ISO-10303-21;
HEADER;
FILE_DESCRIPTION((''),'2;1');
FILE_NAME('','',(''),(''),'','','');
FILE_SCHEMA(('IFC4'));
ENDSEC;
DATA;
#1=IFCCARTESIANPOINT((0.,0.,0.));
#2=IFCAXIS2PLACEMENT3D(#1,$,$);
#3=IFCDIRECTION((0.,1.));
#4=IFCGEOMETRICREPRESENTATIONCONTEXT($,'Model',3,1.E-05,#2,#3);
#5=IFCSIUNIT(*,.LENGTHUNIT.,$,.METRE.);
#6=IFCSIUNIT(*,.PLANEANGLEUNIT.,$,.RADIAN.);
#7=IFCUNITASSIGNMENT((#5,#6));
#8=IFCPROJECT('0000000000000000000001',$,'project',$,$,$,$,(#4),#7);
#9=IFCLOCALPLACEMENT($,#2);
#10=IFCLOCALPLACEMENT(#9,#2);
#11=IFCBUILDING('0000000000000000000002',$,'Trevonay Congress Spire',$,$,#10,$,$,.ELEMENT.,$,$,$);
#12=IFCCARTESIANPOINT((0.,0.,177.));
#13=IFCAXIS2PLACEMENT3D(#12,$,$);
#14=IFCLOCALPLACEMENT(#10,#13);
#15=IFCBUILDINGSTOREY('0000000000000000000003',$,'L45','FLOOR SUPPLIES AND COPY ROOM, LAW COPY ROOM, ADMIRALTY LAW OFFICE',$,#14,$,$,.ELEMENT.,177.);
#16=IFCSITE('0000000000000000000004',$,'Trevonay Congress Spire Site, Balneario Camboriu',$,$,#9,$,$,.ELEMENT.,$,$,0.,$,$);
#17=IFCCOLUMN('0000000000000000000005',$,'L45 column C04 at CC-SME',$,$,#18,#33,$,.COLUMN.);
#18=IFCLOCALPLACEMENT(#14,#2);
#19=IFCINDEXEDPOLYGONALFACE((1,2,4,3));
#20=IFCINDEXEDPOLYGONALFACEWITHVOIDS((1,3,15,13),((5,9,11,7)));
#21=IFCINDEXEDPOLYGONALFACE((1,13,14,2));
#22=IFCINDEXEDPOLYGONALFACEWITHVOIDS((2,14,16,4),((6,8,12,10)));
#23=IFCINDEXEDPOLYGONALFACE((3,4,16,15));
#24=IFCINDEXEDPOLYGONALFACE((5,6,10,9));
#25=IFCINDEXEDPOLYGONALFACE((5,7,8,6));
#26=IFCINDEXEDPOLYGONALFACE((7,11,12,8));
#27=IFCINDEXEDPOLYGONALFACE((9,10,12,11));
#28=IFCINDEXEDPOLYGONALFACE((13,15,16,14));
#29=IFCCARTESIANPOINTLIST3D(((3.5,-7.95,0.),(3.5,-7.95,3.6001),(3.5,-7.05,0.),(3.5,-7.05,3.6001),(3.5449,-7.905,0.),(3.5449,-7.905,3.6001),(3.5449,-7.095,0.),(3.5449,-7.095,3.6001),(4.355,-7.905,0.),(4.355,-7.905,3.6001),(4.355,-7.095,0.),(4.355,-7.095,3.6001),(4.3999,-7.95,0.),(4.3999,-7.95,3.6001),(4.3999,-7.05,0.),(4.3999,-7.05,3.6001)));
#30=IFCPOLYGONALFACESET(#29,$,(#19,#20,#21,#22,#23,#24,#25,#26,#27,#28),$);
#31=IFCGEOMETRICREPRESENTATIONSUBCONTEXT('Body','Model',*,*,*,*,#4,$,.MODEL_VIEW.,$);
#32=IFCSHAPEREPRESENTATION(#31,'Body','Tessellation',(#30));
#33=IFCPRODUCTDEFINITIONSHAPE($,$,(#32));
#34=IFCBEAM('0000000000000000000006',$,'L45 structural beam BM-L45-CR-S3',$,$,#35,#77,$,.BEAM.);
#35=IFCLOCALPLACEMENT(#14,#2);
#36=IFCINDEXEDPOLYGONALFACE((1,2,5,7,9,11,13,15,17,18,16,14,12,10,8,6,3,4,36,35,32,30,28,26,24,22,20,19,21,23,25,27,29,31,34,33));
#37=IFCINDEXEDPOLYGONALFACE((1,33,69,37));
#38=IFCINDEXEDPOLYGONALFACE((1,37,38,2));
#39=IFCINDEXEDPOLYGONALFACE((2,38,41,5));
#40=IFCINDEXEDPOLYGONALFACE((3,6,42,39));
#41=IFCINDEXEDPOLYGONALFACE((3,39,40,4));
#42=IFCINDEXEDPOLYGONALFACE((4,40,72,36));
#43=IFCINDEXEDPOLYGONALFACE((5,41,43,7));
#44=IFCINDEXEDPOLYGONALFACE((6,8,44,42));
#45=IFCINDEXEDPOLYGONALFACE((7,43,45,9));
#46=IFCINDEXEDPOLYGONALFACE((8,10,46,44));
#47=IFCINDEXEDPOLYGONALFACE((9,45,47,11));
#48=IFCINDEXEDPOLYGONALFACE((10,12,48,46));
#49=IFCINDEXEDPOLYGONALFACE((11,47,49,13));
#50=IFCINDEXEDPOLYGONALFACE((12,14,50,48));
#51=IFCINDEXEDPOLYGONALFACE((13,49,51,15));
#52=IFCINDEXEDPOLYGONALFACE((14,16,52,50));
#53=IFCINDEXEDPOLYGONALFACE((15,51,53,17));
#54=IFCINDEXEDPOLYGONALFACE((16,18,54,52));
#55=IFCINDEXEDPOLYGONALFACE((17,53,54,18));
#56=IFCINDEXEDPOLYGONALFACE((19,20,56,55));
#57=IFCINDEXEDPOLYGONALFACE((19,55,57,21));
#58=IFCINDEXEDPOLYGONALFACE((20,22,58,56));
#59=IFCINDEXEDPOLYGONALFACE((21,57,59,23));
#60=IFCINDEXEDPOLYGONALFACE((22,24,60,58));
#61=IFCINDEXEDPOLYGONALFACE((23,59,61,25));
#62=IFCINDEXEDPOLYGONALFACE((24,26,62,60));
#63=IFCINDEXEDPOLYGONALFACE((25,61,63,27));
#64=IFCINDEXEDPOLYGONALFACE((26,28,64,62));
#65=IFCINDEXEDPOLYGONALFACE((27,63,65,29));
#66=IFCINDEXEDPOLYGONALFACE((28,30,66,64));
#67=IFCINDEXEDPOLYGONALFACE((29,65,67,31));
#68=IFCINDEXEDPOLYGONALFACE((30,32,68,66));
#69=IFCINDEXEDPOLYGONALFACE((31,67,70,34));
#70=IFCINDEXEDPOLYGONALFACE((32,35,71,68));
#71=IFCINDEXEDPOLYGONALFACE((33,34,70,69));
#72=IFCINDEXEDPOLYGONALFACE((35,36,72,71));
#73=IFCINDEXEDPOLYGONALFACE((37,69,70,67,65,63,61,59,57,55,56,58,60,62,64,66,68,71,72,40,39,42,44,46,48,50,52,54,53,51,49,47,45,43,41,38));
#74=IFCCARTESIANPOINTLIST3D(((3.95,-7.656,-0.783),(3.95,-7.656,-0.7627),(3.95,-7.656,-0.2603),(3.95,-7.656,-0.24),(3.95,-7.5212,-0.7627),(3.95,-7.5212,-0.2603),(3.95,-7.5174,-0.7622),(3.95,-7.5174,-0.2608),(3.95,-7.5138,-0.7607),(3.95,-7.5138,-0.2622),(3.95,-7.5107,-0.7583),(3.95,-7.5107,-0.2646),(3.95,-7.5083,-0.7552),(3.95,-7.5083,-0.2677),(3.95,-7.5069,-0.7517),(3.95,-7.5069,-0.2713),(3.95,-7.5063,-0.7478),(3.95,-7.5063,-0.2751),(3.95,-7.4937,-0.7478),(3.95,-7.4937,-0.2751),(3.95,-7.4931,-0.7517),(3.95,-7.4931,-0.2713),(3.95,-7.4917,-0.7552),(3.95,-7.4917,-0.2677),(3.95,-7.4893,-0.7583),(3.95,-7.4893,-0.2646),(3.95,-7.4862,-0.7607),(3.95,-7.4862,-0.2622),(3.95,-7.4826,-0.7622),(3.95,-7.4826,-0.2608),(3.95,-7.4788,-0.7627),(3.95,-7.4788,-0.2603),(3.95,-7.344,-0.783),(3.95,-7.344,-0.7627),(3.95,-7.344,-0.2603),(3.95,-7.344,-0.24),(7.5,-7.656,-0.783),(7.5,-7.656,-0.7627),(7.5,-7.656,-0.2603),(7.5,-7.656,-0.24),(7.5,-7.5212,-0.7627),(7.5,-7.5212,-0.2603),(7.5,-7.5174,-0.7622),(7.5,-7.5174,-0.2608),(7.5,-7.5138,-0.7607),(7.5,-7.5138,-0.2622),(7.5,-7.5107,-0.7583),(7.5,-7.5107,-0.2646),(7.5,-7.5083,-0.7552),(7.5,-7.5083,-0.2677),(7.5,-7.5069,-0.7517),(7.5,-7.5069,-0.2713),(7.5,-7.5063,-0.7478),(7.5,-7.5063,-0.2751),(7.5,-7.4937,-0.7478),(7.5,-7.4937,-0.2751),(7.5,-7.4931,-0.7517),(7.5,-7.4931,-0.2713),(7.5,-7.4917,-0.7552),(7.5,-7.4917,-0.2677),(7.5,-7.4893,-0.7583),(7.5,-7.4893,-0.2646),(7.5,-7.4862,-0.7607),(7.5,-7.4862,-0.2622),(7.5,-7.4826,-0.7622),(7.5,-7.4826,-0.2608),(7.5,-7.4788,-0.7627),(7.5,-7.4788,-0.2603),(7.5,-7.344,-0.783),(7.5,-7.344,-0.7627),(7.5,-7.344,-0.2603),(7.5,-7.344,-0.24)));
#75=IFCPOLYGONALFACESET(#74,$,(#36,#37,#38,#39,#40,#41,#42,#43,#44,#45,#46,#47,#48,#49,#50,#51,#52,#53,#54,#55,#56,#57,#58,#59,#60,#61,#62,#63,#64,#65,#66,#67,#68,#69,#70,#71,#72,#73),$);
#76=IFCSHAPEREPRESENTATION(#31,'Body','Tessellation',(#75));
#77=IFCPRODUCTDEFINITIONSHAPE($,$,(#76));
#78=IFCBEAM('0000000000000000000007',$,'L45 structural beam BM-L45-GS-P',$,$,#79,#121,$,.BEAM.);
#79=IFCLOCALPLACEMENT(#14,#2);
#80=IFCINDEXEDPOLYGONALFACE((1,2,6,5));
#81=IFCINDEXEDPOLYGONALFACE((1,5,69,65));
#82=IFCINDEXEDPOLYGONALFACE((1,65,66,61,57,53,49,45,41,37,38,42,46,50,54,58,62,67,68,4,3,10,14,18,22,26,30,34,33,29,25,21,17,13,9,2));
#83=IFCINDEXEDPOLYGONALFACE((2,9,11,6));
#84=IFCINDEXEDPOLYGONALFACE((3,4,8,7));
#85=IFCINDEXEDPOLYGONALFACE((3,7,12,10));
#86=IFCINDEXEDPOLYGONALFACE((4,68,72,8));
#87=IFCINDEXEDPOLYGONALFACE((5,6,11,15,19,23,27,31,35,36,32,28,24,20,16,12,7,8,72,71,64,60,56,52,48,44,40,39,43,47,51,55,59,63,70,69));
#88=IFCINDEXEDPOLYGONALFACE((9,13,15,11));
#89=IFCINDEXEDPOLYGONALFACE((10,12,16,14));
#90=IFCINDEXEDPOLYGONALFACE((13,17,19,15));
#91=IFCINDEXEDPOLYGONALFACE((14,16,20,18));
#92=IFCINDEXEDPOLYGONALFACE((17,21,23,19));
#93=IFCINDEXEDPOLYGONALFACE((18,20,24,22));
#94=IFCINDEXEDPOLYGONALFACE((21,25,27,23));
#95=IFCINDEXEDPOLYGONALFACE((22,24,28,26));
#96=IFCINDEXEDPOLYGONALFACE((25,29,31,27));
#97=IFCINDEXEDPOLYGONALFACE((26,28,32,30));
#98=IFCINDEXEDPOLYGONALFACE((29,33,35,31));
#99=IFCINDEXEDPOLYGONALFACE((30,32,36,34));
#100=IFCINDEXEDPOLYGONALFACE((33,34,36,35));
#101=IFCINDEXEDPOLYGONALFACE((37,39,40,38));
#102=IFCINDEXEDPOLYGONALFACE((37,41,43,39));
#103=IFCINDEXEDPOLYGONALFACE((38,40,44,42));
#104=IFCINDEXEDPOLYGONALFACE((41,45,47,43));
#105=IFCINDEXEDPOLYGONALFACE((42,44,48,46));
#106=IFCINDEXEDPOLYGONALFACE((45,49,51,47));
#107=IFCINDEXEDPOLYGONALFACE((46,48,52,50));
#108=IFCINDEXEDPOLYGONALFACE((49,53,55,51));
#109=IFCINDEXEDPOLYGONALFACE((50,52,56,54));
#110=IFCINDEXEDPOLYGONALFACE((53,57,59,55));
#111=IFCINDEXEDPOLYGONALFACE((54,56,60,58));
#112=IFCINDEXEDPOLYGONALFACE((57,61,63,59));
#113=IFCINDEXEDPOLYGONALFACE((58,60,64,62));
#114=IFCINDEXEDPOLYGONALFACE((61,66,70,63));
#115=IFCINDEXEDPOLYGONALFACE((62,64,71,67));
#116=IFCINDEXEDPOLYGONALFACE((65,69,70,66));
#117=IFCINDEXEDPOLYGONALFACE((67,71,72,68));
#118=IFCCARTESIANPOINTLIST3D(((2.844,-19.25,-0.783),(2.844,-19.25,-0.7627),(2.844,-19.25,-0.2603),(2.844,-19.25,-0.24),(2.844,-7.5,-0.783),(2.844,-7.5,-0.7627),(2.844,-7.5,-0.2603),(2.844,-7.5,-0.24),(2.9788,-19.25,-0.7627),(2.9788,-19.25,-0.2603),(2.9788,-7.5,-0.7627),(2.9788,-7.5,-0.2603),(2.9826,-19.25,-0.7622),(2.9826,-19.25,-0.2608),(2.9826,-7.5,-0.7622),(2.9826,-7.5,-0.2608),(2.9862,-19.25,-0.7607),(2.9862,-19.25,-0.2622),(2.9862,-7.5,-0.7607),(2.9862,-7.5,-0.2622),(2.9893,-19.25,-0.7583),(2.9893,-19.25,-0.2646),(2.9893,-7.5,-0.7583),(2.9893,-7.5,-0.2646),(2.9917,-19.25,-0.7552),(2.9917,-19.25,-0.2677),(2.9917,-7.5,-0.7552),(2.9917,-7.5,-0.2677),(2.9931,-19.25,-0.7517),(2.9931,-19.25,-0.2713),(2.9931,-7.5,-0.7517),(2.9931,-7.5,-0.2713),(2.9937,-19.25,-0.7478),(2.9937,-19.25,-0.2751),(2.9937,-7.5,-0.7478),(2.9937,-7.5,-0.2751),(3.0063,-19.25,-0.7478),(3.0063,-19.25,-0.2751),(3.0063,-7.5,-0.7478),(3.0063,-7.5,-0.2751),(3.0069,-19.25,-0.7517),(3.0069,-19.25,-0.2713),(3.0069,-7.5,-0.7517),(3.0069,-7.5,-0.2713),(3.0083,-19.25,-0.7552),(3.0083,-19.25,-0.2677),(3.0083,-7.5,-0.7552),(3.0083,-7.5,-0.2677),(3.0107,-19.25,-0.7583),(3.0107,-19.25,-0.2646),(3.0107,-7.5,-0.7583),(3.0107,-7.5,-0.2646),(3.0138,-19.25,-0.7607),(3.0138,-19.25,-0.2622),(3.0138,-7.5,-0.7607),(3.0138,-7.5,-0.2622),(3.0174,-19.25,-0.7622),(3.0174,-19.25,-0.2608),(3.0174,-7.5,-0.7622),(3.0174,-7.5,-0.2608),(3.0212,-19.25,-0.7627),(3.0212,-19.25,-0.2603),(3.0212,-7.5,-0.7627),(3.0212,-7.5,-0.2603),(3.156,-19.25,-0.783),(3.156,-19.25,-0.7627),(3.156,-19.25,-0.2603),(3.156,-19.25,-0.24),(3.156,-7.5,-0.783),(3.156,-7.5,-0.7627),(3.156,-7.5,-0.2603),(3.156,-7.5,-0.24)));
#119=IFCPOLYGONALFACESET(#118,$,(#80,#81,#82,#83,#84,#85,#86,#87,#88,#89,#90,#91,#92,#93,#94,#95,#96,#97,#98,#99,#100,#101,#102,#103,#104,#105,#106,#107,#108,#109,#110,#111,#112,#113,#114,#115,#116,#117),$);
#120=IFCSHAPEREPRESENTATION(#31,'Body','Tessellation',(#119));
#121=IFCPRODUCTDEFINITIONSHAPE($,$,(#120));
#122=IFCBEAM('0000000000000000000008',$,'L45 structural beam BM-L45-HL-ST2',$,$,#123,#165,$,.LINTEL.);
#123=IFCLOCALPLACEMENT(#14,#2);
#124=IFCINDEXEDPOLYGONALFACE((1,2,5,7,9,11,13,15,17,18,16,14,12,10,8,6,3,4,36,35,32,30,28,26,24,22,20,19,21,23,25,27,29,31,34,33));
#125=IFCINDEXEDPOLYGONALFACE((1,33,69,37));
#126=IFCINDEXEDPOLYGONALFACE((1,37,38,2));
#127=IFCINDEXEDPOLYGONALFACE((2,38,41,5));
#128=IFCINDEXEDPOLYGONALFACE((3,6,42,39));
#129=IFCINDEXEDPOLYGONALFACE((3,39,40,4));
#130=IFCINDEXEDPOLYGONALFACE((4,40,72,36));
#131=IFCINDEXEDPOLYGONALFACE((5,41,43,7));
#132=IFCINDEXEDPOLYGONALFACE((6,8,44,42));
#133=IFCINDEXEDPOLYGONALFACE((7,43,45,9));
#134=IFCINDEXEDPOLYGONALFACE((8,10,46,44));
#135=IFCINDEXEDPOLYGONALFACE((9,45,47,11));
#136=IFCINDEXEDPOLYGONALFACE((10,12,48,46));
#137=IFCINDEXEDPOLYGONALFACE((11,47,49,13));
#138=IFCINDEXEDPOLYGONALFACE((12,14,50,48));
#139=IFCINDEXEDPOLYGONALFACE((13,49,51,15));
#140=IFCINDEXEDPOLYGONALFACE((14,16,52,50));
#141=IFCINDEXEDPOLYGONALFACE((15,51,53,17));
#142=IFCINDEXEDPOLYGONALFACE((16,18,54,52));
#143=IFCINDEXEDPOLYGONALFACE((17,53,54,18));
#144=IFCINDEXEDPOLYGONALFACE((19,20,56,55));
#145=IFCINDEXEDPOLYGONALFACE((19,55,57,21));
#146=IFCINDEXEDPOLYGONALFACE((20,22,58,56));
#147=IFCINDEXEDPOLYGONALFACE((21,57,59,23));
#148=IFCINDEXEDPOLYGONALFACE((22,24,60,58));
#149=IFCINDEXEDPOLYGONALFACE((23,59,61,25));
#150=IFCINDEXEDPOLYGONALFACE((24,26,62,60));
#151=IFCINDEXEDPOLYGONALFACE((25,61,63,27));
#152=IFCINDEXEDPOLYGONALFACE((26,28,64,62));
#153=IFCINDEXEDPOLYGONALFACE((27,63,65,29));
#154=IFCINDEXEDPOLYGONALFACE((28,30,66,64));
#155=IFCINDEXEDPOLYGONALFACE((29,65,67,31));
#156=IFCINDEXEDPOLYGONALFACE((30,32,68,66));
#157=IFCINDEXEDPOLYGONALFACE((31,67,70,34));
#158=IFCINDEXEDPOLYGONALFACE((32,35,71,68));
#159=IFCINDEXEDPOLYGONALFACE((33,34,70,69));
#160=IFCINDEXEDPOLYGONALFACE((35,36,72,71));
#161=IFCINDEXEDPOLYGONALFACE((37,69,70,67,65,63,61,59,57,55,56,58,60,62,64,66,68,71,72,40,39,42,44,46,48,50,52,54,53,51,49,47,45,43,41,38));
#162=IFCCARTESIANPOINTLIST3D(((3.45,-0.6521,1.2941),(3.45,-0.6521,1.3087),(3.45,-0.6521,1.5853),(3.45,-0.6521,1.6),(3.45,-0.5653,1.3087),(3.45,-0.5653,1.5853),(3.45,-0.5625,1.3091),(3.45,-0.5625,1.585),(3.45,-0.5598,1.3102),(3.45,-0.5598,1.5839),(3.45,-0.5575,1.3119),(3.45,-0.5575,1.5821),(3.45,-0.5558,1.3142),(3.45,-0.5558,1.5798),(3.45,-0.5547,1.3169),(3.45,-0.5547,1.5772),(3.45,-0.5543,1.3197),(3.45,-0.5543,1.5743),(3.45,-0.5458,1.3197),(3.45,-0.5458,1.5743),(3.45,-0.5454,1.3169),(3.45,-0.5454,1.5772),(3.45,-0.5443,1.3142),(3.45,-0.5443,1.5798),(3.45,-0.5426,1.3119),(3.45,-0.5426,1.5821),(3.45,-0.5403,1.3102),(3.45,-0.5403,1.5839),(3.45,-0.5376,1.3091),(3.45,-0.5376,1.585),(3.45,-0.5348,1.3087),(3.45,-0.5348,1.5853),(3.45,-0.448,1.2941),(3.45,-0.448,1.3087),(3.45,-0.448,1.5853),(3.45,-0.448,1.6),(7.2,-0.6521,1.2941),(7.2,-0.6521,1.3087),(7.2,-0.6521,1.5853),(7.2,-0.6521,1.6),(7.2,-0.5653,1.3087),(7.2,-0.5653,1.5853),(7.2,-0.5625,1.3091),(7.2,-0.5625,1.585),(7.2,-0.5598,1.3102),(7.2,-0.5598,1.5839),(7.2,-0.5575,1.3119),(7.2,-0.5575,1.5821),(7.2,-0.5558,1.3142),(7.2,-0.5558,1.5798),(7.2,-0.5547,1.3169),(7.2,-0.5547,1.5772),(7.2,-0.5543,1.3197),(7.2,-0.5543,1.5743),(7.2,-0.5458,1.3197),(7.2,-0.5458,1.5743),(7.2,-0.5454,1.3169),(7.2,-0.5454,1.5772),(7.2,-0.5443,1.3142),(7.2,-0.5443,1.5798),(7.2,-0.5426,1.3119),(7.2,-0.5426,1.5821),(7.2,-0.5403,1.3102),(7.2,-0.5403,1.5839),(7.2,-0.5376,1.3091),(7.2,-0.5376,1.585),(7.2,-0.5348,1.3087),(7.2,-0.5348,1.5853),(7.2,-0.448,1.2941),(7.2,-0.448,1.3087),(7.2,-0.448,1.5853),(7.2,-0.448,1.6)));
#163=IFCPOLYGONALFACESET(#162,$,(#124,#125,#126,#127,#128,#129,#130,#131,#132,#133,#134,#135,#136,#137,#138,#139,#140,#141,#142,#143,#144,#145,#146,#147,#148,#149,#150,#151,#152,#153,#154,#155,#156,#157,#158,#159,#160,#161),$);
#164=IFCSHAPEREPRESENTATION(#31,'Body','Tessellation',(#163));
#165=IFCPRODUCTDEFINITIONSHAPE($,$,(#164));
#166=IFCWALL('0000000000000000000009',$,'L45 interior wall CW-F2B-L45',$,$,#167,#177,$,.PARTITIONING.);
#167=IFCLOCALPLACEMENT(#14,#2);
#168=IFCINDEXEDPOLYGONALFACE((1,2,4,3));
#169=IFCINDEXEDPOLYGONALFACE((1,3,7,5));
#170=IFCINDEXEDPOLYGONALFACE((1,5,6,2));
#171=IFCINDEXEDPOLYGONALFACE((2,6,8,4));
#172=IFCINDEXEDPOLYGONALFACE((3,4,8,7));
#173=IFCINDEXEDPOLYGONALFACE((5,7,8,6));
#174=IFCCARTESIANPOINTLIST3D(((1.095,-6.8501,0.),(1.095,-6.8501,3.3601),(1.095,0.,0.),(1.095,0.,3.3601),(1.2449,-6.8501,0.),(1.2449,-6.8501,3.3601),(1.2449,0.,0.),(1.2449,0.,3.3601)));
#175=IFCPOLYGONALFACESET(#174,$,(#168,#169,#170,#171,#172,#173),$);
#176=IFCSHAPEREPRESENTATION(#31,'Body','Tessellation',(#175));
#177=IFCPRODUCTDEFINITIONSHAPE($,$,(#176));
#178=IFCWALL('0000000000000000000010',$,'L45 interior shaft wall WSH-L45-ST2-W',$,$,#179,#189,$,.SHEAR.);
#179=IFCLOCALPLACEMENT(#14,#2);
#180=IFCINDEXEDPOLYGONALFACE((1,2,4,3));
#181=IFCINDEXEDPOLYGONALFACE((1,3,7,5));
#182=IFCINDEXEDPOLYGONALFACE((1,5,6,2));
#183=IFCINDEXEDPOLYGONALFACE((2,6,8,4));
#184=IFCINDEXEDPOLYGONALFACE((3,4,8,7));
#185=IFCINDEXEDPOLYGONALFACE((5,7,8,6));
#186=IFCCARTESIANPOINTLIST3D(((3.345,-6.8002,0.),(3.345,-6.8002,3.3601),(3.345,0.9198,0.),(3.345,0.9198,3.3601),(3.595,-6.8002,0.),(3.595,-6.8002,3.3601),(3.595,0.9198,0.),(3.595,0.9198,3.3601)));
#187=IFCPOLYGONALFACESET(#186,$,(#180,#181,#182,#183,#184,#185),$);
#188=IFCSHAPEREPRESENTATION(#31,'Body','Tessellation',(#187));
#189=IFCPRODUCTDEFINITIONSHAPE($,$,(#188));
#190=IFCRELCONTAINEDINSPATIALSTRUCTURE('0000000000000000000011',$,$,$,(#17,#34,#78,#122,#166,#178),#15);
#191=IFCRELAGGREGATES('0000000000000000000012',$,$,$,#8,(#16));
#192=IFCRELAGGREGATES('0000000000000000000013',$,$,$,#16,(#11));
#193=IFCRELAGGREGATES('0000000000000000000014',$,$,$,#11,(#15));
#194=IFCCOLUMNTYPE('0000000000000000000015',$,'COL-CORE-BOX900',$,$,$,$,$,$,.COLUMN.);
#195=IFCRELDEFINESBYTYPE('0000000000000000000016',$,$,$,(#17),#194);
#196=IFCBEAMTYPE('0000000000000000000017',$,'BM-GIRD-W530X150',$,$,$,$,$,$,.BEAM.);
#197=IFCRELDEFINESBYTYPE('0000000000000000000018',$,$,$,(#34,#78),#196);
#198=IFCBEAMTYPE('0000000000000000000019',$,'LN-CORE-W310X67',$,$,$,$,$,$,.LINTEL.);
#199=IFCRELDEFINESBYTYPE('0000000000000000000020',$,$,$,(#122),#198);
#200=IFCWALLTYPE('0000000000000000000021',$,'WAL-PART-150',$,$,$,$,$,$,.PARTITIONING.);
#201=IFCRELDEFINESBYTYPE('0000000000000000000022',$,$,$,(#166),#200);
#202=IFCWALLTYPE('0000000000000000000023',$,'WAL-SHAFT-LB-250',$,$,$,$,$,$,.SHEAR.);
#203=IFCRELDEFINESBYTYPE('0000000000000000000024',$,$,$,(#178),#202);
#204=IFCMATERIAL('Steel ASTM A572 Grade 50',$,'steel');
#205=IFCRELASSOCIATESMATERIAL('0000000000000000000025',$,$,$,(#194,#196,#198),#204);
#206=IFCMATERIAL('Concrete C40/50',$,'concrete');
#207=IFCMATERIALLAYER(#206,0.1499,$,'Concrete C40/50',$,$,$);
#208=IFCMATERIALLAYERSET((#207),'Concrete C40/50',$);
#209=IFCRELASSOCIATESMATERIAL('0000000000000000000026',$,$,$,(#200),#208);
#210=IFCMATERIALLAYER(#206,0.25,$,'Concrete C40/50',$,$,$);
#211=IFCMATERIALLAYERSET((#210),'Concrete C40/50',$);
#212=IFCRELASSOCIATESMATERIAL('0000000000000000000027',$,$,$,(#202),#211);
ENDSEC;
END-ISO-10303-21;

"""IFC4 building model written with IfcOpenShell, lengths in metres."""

from ifc_helpers import new_model, si_unit, direction, frame, frame_2d, origin, origin_2d, place, context, subcontext, project, spatial, rectangle, hollow_rectangle, i_section, extrude, material, layer, layer_set, material_profile, profile_set, type_object, element, save


model = new_model("IFC4")

# Units and contexts
model_context = context("Model", 3, precision=1e-05, world=origin(), true_north=direction((0.0, 1.0)))
body_context = subcontext(model_context, "Body", "Model", "MODEL_VIEW")
ifc_project = project(units=[si_unit("LENGTHUNIT", "METRE"), si_unit("PLANEANGLEUNIT", "RADIAN")], contexts=[model_context])

# Site, building, storey
site_placement = place(None, origin())
site = spatial("IfcSite", under=ifc_project, at=site_placement, Name="Trevonay Congress Spire Site, Balneario Camboriu", CompositionType="ELEMENT", RefElevation=0.0)
building_placement = place(site_placement, origin())
building = spatial("IfcBuilding", under=site, at=building_placement, Name="Trevonay Congress Spire", CompositionType="ELEMENT")
storey_placement = place(building_placement, frame((0.0, 0.0, 177.0)))
storey = spatial("IfcBuildingStorey", under=building, at=storey_placement, Name="L45", Description="FLOOR SUPPLIES AND COPY ROOM, LAW COPY ROOM, ADMIRALTY LAW OFFICE", CompositionType="ELEMENT", Elevation=177.0)

# Column
ifc_material_1 = material(Name="Steel ASTM A572 Grade 50", Category="steel")
ifc_material_profile_1 = material_profile(ifc_material_1, hollow_rectangle(XDim=0.8999, YDim=0.8999, WallThickness=0.0449, at=origin_2d()), Name="BOX 900x900x45")
ifc_profile_set_1 = profile_set([ifc_material_profile_1], Name="Steel ASTM A572 Grade 50")
column_type = type_object("IfcColumnType", Name="COL-CORE-BOX900", PredefinedType="COLUMN", material=ifc_profile_set_1)
column_placement = place(storey_placement, frame((3.95, -7.5, 0.0), z_axis=(0.0, 0.0, 1.0), x_axis=(1.0, 0.0, 0.0)))
element("IfcColumn", 1, at=column_placement, inside=storey, type_object=column_type, Name="L45 column C04 at CC-SME", PredefinedType="COLUMN", context=body_context, shape_type="SweptSolid", body=[
    extrude(hollow_rectangle(XDim=0.8999, YDim=0.8999, WallThickness=0.0449, at=origin_2d()), origin(), (0.0, 0.0, 1.0), 3.6001),
])

# Beams
ifc_material_profile_2 = material_profile(ifc_material_1, i_section(OverallWidth=0.312, OverallDepth=0.543, WebThickness=0.0127, FlangeThickness=0.0203, FilletRadius=0.0149, at=origin_2d()), Name="W530x150")
ifc_profile_set_2 = profile_set([ifc_material_profile_2], Name="Steel ASTM A572 Grade 50")
beam_type_1 = type_object("IfcBeamType", Name="BM-GIRD-W530X150", PredefinedType="BEAM", material=ifc_profile_set_2)
beam_1_placement = place(storey_placement, frame((3.95, -7.5, -0.5115), z_axis=(1.0, 0.0, 0.0), x_axis=(0.0, 1.0, 0.0)))
element("IfcBeam", 2, at=beam_1_placement, inside=storey, type_object=beam_type_1, Name="L45 structural beam BM-L45-CR-S3", PredefinedType="BEAM", context=body_context, shape_type="SweptSolid", body=[
    extrude(i_section(OverallWidth=0.312, OverallDepth=0.543, WebThickness=0.0127, FlangeThickness=0.0203, FilletRadius=0.0149, at=origin_2d()), origin(), (0.0, 0.0, 1.0), 3.55),
])
beam_2_placement = place(storey_placement, frame((3.0, -7.5, -0.5115), z_axis=(0.0, -1.0, 0.0), x_axis=(1.0, 0.0, 0.0)))
element("IfcBeam", 3, at=beam_2_placement, inside=storey, type_object=beam_type_1, Name="L45 structural beam BM-L45-GS-P", PredefinedType="BEAM", context=body_context, shape_type="SweptSolid", body=[
    extrude(i_section(OverallWidth=0.312, OverallDepth=0.543, WebThickness=0.0127, FlangeThickness=0.0203, FilletRadius=0.0149, at=origin_2d()), origin(), (0.0, 0.0, 1.0), 11.75),
])
ifc_material_profile_3 = material_profile(ifc_material_1, i_section(OverallWidth=0.2041, OverallDepth=0.3059, WebThickness=0.0085, FlangeThickness=0.0146, FilletRadius=0.011, at=origin_2d()), Name="W310x67")
ifc_profile_set_3 = profile_set([ifc_material_profile_3], Name="Steel ASTM A572 Grade 50")
beam_type_2 = type_object("IfcBeamType", Name="LN-CORE-W310X67", PredefinedType="LINTEL", material=ifc_profile_set_3)
beam_3_placement = place(storey_placement, frame((3.45, -0.55, 1.447), z_axis=(1.0, 0.0, 0.0), x_axis=(0.0, 1.0, 0.0)))
element("IfcBeam", 4, at=beam_3_placement, inside=storey, type_object=beam_type_2, Name="L45 structural beam BM-L45-HL-ST2", PredefinedType="LINTEL", context=body_context, shape_type="SweptSolid", body=[
    extrude(i_section(OverallWidth=0.2041, OverallDepth=0.3059, WebThickness=0.0085, FlangeThickness=0.0146, FilletRadius=0.011, at=origin_2d()), origin(), (0.0, 0.0, 1.0), 3.75),
])

# Walls
ifc_material_2 = material(Name="Concrete C40/50", Category="concrete")
ifc_layer_1 = layer(ifc_material_2, 0.1499, Name="Concrete C40/50")
ifc_layer_set_1 = layer_set([ifc_layer_1], Name="Concrete C40/50")
wall_type_1 = type_object("IfcWallType", Name="WAL-PART-150", PredefinedType="PARTITIONING", material=ifc_layer_set_1)
wall_1_placement = place(storey_placement, frame((1.1699, -6.8501, 0.0), z_axis=(0.0, 0.0, 1.0), x_axis=(0.0, 1.0, 0.0)))
element("IfcWall", 5, at=wall_1_placement, inside=storey, type_object=wall_type_1, Name="L45 interior wall CW-F2B-L45", PredefinedType="PARTITIONING", context=body_context, shape_type="SweptSolid", body=[
    extrude(rectangle(XDim=6.8501, YDim=0.1499, at=frame_2d((3.425, 0.0))), origin(), (0.0, 0.0, 1.0), 3.3601),
])
ifc_layer_2 = layer(ifc_material_2, 0.25, Name="Concrete C40/50")
ifc_layer_set_2 = layer_set([ifc_layer_2], Name="Concrete C40/50")
wall_type_2 = type_object("IfcWallType", Name="WAL-SHAFT-LB-250", PredefinedType="SHEAR", material=ifc_layer_set_2)
wall_2_placement = place(storey_placement, frame((3.47, -6.8, 0.0), z_axis=(0.0, 0.0, 1.0), x_axis=(0.0, 1.0, 0.0)))
element("IfcWall", 6, at=wall_2_placement, inside=storey, type_object=wall_type_2, Name="L45 interior shaft wall WSH-L45-ST2-W", PredefinedType="SHEAR", context=body_context, shape_type="SweptSolid", body=[
    extrude(rectangle(XDim=7.72, YDim=0.25, at=frame_2d((3.8599, 0.0))), origin(), (0.0, 0.0, 1.0), 3.3601),
])

save(model, "model.ifc")
